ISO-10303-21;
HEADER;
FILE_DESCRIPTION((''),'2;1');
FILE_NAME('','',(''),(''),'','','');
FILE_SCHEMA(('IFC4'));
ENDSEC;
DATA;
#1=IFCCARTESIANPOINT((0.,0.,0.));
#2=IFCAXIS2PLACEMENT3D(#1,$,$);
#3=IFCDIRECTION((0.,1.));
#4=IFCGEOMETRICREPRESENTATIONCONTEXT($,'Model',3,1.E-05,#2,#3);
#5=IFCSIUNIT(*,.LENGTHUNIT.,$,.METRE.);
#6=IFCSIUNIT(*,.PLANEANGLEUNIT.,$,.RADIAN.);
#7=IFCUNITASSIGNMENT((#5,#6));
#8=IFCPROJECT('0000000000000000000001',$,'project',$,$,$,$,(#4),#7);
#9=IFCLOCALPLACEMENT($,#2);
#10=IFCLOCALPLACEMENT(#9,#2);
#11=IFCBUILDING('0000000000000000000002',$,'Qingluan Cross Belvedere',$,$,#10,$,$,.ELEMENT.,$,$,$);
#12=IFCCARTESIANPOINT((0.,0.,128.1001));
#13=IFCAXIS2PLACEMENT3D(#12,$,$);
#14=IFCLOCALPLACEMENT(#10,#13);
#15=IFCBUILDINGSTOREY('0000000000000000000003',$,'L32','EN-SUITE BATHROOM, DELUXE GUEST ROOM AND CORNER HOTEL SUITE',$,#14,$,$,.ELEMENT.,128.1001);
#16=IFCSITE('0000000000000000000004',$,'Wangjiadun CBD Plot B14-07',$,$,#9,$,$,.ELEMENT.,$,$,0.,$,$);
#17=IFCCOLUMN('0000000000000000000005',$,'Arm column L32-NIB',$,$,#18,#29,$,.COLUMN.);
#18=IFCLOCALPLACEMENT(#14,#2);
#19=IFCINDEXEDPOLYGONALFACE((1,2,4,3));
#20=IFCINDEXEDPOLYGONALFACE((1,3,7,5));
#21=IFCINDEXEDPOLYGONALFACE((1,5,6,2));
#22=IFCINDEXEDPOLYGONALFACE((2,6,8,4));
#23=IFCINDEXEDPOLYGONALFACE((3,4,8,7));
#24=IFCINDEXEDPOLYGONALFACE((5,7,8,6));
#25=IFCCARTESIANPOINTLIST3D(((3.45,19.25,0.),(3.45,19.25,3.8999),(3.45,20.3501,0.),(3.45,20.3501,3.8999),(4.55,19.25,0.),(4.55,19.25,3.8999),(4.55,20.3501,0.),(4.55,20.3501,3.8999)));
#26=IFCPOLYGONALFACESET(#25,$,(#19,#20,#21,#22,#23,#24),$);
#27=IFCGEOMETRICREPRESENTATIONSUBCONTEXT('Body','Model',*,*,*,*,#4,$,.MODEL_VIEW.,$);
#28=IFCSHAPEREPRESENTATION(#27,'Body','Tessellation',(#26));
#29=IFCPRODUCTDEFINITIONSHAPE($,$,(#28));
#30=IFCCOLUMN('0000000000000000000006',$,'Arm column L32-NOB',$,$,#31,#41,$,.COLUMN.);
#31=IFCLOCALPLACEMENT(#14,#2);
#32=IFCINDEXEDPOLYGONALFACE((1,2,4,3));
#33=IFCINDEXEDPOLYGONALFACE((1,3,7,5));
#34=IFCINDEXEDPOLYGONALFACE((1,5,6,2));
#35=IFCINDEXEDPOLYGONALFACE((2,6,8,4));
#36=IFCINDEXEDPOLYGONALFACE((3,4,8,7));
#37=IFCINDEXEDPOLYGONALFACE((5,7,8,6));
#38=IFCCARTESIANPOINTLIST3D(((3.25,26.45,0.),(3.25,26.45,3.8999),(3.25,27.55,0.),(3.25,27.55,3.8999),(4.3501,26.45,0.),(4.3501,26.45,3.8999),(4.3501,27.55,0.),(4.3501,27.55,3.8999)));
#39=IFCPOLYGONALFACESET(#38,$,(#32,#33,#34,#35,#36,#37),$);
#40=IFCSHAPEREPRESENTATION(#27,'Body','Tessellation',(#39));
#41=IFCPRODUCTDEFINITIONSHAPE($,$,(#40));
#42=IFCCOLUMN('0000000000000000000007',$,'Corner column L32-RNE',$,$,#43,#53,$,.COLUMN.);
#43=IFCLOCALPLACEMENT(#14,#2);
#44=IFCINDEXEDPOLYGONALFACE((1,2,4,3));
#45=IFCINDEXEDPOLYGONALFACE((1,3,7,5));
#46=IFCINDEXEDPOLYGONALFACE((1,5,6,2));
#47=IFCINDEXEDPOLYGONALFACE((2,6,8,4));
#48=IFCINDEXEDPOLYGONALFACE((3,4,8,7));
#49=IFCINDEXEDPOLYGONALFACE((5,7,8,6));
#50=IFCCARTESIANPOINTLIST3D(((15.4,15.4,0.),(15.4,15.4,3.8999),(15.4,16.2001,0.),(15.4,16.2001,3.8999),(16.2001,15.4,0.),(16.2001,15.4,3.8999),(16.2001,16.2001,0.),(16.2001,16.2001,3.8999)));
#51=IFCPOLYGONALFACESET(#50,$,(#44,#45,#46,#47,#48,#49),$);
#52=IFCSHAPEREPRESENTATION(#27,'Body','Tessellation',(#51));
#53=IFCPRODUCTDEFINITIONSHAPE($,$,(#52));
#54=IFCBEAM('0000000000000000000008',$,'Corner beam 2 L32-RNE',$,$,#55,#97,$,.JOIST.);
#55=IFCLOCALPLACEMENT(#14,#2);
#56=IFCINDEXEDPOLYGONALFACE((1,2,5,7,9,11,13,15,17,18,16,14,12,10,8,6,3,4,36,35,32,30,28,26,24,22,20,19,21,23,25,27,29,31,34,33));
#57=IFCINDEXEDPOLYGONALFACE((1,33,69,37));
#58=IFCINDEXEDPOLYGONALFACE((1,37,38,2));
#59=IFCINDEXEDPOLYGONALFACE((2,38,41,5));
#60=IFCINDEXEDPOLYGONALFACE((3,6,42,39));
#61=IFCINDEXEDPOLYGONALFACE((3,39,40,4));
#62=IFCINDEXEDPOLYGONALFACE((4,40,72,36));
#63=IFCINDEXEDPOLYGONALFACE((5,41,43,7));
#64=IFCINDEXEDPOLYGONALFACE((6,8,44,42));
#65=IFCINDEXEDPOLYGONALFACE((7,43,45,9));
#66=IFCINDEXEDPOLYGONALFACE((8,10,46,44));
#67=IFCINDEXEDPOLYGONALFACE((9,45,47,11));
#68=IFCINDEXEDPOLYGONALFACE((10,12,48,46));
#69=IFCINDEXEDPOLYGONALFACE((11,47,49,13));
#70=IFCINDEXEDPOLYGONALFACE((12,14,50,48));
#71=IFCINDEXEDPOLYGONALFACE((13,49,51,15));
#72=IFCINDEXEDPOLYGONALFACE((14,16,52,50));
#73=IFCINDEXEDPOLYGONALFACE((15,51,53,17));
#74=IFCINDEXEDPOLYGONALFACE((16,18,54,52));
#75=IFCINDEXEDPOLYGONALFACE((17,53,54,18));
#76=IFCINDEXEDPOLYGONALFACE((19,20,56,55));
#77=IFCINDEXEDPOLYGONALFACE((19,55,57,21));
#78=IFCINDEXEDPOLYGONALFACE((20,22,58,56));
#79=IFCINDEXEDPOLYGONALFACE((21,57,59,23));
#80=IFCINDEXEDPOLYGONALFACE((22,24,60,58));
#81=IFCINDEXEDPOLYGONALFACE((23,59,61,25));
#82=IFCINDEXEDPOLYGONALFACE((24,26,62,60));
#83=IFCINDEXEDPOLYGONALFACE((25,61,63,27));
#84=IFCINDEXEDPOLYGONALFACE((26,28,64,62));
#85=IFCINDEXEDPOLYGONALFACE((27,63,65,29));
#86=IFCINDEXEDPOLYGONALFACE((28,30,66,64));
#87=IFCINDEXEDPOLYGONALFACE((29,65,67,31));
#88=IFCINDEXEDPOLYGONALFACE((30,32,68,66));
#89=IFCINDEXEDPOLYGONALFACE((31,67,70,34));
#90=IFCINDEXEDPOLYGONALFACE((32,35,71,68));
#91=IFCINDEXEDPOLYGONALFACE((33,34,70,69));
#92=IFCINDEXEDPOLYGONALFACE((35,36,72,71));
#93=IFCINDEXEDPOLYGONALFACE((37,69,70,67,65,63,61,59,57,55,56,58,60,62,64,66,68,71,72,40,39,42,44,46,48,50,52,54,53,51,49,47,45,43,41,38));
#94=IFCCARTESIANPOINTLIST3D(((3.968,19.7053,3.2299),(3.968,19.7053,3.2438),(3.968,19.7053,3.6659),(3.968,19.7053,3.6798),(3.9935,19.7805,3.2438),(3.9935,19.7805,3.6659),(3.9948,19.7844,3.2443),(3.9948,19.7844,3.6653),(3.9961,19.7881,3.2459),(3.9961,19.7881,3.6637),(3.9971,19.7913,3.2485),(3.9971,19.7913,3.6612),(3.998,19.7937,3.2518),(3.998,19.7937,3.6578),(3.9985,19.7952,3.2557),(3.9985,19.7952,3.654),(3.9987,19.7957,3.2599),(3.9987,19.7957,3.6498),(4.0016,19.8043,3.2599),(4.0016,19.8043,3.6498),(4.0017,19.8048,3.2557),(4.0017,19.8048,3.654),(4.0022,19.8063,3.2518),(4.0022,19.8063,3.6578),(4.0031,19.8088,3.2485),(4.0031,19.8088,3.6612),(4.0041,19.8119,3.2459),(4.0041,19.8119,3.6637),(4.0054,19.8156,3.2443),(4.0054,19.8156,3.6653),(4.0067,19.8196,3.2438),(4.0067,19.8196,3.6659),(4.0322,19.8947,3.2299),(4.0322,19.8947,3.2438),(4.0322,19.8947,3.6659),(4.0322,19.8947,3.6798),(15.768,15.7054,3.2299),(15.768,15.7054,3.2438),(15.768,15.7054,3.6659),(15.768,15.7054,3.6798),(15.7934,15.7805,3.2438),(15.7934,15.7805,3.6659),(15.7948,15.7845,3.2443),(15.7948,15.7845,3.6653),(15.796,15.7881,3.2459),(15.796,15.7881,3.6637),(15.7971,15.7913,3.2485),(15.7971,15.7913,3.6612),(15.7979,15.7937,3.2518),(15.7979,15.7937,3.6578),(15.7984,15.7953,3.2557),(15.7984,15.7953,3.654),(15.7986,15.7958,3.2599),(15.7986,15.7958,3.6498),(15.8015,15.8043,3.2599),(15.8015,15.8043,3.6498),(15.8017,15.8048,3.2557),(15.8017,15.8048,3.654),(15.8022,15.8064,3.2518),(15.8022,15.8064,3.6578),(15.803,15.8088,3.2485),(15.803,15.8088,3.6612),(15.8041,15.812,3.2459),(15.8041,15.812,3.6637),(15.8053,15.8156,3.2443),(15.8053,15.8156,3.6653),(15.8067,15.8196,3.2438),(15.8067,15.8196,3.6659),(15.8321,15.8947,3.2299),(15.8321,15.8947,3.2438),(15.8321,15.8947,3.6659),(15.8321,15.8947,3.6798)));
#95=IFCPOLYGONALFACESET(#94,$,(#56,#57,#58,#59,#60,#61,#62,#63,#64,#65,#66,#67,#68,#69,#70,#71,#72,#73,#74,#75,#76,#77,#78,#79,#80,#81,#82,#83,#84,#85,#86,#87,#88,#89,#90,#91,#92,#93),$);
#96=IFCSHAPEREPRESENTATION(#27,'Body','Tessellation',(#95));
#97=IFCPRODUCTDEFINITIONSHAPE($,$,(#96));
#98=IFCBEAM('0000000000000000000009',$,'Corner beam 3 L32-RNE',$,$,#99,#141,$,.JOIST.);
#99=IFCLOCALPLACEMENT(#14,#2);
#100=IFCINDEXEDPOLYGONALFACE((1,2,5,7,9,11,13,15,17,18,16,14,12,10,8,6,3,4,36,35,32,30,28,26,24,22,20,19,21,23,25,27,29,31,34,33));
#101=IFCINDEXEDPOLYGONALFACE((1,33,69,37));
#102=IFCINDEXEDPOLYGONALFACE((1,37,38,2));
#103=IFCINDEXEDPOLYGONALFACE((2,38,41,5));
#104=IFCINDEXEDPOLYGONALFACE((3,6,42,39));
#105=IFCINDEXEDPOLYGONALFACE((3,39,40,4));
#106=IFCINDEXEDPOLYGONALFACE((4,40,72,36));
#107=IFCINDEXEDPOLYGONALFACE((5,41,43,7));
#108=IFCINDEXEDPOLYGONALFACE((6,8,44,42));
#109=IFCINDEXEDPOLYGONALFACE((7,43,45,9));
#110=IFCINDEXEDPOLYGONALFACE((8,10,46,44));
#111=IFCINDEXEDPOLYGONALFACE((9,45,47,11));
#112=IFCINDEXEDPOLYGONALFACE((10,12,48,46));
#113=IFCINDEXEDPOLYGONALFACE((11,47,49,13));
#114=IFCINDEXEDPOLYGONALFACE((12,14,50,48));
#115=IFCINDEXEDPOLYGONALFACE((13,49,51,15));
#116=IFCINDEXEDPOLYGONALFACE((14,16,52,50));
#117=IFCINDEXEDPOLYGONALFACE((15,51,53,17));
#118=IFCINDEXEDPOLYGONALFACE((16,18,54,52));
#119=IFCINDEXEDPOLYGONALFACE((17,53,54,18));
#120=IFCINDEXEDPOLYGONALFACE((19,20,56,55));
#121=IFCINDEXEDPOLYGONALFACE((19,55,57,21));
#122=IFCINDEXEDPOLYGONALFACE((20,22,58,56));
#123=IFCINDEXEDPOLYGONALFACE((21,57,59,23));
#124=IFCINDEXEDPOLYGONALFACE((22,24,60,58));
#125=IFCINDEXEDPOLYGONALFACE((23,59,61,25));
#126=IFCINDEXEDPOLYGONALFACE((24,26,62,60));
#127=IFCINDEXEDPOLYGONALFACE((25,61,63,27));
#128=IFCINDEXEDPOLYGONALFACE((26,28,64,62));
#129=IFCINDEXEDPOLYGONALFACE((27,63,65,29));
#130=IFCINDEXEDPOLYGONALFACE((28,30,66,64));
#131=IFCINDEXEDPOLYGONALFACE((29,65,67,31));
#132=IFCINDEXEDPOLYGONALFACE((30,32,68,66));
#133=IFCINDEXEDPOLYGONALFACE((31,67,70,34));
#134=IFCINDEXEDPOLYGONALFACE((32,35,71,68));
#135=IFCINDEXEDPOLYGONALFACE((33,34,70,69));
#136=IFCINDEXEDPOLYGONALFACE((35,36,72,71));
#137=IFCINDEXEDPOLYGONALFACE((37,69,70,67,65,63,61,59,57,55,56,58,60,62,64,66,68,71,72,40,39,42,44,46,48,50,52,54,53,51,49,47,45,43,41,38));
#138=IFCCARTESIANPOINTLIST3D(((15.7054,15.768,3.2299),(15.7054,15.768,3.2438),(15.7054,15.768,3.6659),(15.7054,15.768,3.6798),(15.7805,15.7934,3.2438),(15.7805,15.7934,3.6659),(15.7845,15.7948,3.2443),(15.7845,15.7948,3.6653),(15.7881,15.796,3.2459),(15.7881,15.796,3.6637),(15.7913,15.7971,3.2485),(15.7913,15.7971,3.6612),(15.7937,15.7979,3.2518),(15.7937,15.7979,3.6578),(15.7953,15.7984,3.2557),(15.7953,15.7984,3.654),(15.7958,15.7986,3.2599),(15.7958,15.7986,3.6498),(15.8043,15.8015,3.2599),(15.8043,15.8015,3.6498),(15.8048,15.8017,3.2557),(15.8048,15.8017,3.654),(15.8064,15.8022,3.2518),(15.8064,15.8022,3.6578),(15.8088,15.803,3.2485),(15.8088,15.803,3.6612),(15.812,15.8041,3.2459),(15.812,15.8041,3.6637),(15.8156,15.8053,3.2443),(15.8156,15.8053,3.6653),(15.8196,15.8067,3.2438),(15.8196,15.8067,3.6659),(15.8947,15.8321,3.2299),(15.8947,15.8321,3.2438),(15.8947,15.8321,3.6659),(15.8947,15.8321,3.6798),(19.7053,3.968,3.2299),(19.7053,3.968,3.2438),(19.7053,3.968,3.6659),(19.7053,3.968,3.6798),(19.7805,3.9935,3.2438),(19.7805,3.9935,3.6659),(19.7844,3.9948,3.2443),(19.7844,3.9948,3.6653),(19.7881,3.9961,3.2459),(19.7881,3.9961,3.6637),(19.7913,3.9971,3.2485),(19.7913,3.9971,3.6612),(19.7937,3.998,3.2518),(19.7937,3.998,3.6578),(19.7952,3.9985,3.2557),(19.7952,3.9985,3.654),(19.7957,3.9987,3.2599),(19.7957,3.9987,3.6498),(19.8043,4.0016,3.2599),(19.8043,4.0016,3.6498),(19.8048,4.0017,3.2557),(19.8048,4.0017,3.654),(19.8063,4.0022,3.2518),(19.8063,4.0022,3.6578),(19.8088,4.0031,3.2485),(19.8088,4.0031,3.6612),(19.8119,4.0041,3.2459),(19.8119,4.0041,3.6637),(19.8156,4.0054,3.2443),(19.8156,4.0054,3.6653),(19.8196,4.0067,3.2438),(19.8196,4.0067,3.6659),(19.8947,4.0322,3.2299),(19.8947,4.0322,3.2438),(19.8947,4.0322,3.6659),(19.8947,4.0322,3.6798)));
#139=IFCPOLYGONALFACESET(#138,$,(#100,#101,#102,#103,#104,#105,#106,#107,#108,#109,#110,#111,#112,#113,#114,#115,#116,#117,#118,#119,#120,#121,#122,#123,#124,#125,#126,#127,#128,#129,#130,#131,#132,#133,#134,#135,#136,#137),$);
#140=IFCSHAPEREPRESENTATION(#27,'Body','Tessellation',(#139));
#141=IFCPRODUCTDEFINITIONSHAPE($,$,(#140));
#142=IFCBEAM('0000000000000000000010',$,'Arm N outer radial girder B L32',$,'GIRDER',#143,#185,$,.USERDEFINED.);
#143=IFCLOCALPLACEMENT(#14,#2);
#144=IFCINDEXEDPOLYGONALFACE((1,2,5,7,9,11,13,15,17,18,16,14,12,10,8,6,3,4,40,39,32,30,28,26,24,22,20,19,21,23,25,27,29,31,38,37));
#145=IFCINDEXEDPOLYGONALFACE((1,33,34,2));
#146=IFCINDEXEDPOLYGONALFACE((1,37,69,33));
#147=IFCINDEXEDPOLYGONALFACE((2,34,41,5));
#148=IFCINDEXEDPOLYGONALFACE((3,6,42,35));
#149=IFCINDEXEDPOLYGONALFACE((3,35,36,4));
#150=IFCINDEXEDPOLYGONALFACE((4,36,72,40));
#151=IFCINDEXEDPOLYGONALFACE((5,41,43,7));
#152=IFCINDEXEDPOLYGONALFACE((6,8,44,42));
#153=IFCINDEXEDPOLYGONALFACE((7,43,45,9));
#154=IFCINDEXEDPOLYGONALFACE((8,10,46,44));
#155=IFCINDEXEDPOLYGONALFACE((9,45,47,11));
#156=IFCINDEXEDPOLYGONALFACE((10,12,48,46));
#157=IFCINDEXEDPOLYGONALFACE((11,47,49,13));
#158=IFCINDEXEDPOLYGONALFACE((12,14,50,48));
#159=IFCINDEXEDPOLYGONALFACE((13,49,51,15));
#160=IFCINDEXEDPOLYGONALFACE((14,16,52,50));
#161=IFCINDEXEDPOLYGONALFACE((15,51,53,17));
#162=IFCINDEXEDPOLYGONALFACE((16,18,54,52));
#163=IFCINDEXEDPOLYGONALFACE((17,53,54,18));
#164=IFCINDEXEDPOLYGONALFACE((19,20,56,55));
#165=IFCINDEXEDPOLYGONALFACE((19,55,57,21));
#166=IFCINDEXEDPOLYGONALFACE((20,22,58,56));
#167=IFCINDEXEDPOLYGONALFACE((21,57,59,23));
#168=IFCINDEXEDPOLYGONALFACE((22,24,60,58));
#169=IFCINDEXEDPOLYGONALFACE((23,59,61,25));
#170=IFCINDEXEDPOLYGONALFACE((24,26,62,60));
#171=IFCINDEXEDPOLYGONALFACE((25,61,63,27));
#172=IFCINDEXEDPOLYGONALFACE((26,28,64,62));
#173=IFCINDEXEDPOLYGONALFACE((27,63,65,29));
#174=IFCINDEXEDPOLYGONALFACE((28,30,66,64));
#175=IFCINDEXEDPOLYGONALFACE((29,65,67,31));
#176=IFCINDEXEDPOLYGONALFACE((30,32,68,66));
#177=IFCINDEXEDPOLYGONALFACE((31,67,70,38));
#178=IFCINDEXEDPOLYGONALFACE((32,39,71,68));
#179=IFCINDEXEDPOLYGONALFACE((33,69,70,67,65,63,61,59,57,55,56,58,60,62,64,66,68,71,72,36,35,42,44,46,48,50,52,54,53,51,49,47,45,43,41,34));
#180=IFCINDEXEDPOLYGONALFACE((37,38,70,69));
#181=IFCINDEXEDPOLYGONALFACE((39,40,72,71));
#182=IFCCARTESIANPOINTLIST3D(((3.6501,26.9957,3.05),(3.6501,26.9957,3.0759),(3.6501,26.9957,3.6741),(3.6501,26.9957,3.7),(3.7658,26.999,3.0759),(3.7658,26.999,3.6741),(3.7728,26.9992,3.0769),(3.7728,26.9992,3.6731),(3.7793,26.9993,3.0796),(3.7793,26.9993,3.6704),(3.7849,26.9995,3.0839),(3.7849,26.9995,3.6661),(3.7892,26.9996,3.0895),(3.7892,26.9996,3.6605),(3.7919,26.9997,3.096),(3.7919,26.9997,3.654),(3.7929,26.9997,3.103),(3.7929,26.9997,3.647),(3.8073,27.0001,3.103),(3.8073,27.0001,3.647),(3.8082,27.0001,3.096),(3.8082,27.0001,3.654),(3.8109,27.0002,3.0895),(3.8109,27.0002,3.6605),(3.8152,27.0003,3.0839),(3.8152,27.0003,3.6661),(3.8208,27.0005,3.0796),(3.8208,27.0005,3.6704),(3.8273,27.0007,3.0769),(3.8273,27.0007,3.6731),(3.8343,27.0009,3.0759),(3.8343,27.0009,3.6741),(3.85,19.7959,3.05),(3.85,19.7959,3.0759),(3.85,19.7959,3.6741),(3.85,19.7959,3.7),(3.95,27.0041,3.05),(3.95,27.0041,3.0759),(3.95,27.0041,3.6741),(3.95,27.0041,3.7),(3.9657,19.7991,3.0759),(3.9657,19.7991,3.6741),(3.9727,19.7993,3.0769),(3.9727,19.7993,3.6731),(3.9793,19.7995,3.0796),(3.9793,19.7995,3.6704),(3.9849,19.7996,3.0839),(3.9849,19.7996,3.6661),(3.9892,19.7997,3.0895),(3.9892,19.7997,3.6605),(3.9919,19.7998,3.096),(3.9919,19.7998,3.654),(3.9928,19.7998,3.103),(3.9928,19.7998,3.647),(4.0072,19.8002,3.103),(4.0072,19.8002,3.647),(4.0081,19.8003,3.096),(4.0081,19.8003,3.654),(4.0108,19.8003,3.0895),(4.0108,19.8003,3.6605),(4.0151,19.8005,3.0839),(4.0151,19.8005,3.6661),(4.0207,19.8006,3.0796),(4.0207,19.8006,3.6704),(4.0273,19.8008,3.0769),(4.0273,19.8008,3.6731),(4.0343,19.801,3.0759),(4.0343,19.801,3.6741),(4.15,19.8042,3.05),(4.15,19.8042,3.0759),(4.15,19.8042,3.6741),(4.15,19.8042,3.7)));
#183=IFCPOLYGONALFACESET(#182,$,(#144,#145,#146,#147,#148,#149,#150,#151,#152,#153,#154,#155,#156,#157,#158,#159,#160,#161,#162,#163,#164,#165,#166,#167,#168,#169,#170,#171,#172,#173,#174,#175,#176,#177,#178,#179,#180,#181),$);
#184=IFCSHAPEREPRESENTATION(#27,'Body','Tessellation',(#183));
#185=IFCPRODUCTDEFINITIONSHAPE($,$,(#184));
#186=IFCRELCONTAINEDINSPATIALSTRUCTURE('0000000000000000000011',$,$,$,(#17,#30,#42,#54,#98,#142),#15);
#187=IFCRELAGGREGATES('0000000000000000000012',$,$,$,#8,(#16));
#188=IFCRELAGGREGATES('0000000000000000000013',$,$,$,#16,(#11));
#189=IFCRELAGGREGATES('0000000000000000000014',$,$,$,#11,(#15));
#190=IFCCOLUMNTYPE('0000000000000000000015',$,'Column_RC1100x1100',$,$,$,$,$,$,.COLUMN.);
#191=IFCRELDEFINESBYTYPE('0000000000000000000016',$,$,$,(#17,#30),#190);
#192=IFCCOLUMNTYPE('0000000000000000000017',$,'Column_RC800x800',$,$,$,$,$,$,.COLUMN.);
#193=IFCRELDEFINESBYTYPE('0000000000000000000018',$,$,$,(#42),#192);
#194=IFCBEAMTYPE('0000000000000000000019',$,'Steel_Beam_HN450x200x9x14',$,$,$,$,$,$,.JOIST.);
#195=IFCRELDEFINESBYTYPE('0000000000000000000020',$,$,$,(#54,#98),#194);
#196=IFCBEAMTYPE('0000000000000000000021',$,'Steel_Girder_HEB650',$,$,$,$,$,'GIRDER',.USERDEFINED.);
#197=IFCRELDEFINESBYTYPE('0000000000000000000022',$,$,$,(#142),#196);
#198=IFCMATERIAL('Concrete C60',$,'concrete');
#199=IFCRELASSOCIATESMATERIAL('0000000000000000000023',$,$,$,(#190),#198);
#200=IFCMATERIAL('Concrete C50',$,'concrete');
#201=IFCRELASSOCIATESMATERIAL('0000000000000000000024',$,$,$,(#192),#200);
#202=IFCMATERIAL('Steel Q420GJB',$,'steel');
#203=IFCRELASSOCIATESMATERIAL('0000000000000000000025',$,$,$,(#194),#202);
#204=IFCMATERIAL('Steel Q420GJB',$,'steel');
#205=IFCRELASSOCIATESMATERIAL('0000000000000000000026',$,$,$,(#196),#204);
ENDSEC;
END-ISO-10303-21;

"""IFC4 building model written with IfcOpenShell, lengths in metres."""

from ifc_helpers import new_model, si_unit, direction, frame, origin, origin_2d, place, context, subcontext, project, spatial, rectangle, i_section, extrude, material, material_profile, profile_set, type_object, element, save


model = new_model("IFC4")

# Units and contexts
model_context = context("Model", 3, precision=1e-05, world=origin(), true_north=direction((0.0, 1.0)))
body_context = subcontext(model_context, "Body", "Model", "MODEL_VIEW")
ifc_project = project(units=[si_unit("LENGTHUNIT", "METRE"), si_unit("PLANEANGLEUNIT", "RADIAN")], contexts=[model_context])

# Site, building, storey
site_placement = place(None, origin())
site = spatial("IfcSite", under=ifc_project, at=site_placement, Name="Wangjiadun CBD Plot B14-07", CompositionType="ELEMENT", RefElevation=0.0)
building_placement = place(site_placement, origin())
building = spatial("IfcBuilding", under=site, at=building_placement, Name="Qingluan Cross Belvedere", CompositionType="ELEMENT")
storey_placement = place(building_placement, frame((0.0, 0.0, 128.1001)))
storey = spatial("IfcBuildingStorey", under=building, at=storey_placement, Name="L32", Description="EN-SUITE BATHROOM, DELUXE GUEST ROOM AND CORNER HOTEL SUITE", CompositionType="ELEMENT", Elevation=128.1001)

# Columns
ifc_material_1 = material(Name="Concrete C60", Category="concrete")
ifc_material_profile_1 = material_profile(ifc_material_1, rectangle(XDim=1.1001, YDim=1.1001, at=origin_2d()), Name="RC1100x1100")
ifc_profile_set_1 = profile_set([ifc_material_profile_1], Name="Concrete C60")
column_type_1 = type_object("IfcColumnType", Name="Column_RC1100x1100", PredefinedType="COLUMN", material=ifc_profile_set_1)
for number, where, z_axis, x_axis, name in (
    (1, (4.0, 19.8, 0.0), (0.0, 0.0, 1.0), (1.0, 0.0, 0.0), "Arm column L32-NIB"),
    (2, (3.8, 27.0, 0.0), (0.0, 0.0, 1.0), (1.0, 0.0, 0.0), "Arm column L32-NOB"),
):
    element("IfcColumn", number, at=place(storey_placement, frame(where, z_axis=z_axis, x_axis=x_axis)), inside=storey, type_object=column_type_1, Name=name, PredefinedType="COLUMN", context=body_context, shape_type="SweptSolid", body=[
        extrude(rectangle(XDim=1.1001, YDim=1.1001, at=origin_2d()), origin(), (0.0, 0.0, 1.0), 3.8999),
    ])
ifc_material_2 = material(Name="Concrete C50", Category="concrete")
ifc_material_profile_2 = material_profile(ifc_material_2, rectangle(XDim=0.8, YDim=0.8, at=origin_2d()), Name="RC800x800")
ifc_profile_set_2 = profile_set([ifc_material_profile_2], Name="Concrete C50")
column_type_2 = type_object("IfcColumnType", Name="Column_RC800x800", PredefinedType="COLUMN", material=ifc_profile_set_2)
column_placement = place(storey_placement, frame((15.8, 15.8, 0.0), z_axis=(0.0, 0.0, 1.0), x_axis=(1.0, 0.0, 0.0)))
element("IfcColumn", 3, at=column_placement, inside=storey, type_object=column_type_2, Name="Corner column L32-RNE", PredefinedType="COLUMN", context=body_context, shape_type="SweptSolid", body=[
    extrude(rectangle(XDim=0.8, YDim=0.8, at=origin_2d()), origin(), (0.0, 0.0, 1.0), 3.8999),
])

# Beams
ifc_material_3 = material(Name="Steel Q420GJB", Category="steel")
ifc_material_profile_3 = material_profile(ifc_material_3, i_section(OverallWidth=0.2, OverallDepth=0.45, WebThickness=0.009, FlangeThickness=0.0139, FilletRadius=0.0161, at=origin_2d()), Name="HN450x200x9x14")
ifc_profile_set_3 = profile_set([ifc_material_profile_3], Name="Steel Q420GJB")
beam_type_1 = type_object("IfcBeamType", Name="Steel_Beam_HN450x200x9x14", PredefinedType="JOIST", material=ifc_profile_set_3)
for number, where, z_axis, x_axis, name in (
    (4, (15.8, 15.8, 3.4548), (-0.947066, 0.321038, 0.0), (-0.321038, -0.947066, 0.0), "Corner beam 2 L32-RNE"),
    (5, (15.8, 15.8, 3.4548), (0.321038, -0.947066, 0.0), (0.947066, 0.321038, 0.0), "Corner beam 3 L32-RNE"),
):
    element("IfcBeam", number, at=place(storey_placement, frame(where, z_axis=z_axis, x_axis=x_axis)), inside=storey, type_object=beam_type_1, Name=name, PredefinedType="JOIST", context=body_context, shape_type="SweptSolid", body=[
        extrude(i_section(OverallWidth=0.2, OverallDepth=0.45, WebThickness=0.009, FlangeThickness=0.0139, FilletRadius=0.0161, at=origin_2d()), origin(), (0.0, 0.0, 1.0), 12.4595),
    ])
ifc_material_4 = material(Name="Steel Q420GJB", Category="steel")
ifc_material_profile_4 = material_profile(ifc_material_4, i_section(OverallWidth=0.3, OverallDepth=0.6499, WebThickness=0.0144, FlangeThickness=0.0259, FilletRadius=0.0271, at=origin_2d()), Name="HEB650")
ifc_profile_set_4 = profile_set([ifc_material_profile_4], Name="Steel Q420GJB")
beam_type_2 = type_object("IfcBeamType", Name="Steel_Girder_HEB650", ElementType="GIRDER", PredefinedType="USERDEFINED", material=ifc_profile_set_4)
beam_placement = place(storey_placement, frame((4.0, 19.8, 3.375), z_axis=(-0.02776, 0.999615, 0.0), x_axis=(-0.999615, -0.02776, 0.0)))
element("IfcBeam", 6, at=beam_placement, inside=storey, type_object=beam_type_2, Name="Arm N outer radial girder B L32", ObjectType="GIRDER", PredefinedType="USERDEFINED", context=body_context, shape_type="SweptSolid", body=[
    extrude(i_section(OverallWidth=0.3, OverallDepth=0.6499, WebThickness=0.0144, FlangeThickness=0.0259, FilletRadius=0.0271, at=origin_2d()), origin(), (0.0, 0.0, 1.0), 7.2026),
])

save(model, "model.ifc")
